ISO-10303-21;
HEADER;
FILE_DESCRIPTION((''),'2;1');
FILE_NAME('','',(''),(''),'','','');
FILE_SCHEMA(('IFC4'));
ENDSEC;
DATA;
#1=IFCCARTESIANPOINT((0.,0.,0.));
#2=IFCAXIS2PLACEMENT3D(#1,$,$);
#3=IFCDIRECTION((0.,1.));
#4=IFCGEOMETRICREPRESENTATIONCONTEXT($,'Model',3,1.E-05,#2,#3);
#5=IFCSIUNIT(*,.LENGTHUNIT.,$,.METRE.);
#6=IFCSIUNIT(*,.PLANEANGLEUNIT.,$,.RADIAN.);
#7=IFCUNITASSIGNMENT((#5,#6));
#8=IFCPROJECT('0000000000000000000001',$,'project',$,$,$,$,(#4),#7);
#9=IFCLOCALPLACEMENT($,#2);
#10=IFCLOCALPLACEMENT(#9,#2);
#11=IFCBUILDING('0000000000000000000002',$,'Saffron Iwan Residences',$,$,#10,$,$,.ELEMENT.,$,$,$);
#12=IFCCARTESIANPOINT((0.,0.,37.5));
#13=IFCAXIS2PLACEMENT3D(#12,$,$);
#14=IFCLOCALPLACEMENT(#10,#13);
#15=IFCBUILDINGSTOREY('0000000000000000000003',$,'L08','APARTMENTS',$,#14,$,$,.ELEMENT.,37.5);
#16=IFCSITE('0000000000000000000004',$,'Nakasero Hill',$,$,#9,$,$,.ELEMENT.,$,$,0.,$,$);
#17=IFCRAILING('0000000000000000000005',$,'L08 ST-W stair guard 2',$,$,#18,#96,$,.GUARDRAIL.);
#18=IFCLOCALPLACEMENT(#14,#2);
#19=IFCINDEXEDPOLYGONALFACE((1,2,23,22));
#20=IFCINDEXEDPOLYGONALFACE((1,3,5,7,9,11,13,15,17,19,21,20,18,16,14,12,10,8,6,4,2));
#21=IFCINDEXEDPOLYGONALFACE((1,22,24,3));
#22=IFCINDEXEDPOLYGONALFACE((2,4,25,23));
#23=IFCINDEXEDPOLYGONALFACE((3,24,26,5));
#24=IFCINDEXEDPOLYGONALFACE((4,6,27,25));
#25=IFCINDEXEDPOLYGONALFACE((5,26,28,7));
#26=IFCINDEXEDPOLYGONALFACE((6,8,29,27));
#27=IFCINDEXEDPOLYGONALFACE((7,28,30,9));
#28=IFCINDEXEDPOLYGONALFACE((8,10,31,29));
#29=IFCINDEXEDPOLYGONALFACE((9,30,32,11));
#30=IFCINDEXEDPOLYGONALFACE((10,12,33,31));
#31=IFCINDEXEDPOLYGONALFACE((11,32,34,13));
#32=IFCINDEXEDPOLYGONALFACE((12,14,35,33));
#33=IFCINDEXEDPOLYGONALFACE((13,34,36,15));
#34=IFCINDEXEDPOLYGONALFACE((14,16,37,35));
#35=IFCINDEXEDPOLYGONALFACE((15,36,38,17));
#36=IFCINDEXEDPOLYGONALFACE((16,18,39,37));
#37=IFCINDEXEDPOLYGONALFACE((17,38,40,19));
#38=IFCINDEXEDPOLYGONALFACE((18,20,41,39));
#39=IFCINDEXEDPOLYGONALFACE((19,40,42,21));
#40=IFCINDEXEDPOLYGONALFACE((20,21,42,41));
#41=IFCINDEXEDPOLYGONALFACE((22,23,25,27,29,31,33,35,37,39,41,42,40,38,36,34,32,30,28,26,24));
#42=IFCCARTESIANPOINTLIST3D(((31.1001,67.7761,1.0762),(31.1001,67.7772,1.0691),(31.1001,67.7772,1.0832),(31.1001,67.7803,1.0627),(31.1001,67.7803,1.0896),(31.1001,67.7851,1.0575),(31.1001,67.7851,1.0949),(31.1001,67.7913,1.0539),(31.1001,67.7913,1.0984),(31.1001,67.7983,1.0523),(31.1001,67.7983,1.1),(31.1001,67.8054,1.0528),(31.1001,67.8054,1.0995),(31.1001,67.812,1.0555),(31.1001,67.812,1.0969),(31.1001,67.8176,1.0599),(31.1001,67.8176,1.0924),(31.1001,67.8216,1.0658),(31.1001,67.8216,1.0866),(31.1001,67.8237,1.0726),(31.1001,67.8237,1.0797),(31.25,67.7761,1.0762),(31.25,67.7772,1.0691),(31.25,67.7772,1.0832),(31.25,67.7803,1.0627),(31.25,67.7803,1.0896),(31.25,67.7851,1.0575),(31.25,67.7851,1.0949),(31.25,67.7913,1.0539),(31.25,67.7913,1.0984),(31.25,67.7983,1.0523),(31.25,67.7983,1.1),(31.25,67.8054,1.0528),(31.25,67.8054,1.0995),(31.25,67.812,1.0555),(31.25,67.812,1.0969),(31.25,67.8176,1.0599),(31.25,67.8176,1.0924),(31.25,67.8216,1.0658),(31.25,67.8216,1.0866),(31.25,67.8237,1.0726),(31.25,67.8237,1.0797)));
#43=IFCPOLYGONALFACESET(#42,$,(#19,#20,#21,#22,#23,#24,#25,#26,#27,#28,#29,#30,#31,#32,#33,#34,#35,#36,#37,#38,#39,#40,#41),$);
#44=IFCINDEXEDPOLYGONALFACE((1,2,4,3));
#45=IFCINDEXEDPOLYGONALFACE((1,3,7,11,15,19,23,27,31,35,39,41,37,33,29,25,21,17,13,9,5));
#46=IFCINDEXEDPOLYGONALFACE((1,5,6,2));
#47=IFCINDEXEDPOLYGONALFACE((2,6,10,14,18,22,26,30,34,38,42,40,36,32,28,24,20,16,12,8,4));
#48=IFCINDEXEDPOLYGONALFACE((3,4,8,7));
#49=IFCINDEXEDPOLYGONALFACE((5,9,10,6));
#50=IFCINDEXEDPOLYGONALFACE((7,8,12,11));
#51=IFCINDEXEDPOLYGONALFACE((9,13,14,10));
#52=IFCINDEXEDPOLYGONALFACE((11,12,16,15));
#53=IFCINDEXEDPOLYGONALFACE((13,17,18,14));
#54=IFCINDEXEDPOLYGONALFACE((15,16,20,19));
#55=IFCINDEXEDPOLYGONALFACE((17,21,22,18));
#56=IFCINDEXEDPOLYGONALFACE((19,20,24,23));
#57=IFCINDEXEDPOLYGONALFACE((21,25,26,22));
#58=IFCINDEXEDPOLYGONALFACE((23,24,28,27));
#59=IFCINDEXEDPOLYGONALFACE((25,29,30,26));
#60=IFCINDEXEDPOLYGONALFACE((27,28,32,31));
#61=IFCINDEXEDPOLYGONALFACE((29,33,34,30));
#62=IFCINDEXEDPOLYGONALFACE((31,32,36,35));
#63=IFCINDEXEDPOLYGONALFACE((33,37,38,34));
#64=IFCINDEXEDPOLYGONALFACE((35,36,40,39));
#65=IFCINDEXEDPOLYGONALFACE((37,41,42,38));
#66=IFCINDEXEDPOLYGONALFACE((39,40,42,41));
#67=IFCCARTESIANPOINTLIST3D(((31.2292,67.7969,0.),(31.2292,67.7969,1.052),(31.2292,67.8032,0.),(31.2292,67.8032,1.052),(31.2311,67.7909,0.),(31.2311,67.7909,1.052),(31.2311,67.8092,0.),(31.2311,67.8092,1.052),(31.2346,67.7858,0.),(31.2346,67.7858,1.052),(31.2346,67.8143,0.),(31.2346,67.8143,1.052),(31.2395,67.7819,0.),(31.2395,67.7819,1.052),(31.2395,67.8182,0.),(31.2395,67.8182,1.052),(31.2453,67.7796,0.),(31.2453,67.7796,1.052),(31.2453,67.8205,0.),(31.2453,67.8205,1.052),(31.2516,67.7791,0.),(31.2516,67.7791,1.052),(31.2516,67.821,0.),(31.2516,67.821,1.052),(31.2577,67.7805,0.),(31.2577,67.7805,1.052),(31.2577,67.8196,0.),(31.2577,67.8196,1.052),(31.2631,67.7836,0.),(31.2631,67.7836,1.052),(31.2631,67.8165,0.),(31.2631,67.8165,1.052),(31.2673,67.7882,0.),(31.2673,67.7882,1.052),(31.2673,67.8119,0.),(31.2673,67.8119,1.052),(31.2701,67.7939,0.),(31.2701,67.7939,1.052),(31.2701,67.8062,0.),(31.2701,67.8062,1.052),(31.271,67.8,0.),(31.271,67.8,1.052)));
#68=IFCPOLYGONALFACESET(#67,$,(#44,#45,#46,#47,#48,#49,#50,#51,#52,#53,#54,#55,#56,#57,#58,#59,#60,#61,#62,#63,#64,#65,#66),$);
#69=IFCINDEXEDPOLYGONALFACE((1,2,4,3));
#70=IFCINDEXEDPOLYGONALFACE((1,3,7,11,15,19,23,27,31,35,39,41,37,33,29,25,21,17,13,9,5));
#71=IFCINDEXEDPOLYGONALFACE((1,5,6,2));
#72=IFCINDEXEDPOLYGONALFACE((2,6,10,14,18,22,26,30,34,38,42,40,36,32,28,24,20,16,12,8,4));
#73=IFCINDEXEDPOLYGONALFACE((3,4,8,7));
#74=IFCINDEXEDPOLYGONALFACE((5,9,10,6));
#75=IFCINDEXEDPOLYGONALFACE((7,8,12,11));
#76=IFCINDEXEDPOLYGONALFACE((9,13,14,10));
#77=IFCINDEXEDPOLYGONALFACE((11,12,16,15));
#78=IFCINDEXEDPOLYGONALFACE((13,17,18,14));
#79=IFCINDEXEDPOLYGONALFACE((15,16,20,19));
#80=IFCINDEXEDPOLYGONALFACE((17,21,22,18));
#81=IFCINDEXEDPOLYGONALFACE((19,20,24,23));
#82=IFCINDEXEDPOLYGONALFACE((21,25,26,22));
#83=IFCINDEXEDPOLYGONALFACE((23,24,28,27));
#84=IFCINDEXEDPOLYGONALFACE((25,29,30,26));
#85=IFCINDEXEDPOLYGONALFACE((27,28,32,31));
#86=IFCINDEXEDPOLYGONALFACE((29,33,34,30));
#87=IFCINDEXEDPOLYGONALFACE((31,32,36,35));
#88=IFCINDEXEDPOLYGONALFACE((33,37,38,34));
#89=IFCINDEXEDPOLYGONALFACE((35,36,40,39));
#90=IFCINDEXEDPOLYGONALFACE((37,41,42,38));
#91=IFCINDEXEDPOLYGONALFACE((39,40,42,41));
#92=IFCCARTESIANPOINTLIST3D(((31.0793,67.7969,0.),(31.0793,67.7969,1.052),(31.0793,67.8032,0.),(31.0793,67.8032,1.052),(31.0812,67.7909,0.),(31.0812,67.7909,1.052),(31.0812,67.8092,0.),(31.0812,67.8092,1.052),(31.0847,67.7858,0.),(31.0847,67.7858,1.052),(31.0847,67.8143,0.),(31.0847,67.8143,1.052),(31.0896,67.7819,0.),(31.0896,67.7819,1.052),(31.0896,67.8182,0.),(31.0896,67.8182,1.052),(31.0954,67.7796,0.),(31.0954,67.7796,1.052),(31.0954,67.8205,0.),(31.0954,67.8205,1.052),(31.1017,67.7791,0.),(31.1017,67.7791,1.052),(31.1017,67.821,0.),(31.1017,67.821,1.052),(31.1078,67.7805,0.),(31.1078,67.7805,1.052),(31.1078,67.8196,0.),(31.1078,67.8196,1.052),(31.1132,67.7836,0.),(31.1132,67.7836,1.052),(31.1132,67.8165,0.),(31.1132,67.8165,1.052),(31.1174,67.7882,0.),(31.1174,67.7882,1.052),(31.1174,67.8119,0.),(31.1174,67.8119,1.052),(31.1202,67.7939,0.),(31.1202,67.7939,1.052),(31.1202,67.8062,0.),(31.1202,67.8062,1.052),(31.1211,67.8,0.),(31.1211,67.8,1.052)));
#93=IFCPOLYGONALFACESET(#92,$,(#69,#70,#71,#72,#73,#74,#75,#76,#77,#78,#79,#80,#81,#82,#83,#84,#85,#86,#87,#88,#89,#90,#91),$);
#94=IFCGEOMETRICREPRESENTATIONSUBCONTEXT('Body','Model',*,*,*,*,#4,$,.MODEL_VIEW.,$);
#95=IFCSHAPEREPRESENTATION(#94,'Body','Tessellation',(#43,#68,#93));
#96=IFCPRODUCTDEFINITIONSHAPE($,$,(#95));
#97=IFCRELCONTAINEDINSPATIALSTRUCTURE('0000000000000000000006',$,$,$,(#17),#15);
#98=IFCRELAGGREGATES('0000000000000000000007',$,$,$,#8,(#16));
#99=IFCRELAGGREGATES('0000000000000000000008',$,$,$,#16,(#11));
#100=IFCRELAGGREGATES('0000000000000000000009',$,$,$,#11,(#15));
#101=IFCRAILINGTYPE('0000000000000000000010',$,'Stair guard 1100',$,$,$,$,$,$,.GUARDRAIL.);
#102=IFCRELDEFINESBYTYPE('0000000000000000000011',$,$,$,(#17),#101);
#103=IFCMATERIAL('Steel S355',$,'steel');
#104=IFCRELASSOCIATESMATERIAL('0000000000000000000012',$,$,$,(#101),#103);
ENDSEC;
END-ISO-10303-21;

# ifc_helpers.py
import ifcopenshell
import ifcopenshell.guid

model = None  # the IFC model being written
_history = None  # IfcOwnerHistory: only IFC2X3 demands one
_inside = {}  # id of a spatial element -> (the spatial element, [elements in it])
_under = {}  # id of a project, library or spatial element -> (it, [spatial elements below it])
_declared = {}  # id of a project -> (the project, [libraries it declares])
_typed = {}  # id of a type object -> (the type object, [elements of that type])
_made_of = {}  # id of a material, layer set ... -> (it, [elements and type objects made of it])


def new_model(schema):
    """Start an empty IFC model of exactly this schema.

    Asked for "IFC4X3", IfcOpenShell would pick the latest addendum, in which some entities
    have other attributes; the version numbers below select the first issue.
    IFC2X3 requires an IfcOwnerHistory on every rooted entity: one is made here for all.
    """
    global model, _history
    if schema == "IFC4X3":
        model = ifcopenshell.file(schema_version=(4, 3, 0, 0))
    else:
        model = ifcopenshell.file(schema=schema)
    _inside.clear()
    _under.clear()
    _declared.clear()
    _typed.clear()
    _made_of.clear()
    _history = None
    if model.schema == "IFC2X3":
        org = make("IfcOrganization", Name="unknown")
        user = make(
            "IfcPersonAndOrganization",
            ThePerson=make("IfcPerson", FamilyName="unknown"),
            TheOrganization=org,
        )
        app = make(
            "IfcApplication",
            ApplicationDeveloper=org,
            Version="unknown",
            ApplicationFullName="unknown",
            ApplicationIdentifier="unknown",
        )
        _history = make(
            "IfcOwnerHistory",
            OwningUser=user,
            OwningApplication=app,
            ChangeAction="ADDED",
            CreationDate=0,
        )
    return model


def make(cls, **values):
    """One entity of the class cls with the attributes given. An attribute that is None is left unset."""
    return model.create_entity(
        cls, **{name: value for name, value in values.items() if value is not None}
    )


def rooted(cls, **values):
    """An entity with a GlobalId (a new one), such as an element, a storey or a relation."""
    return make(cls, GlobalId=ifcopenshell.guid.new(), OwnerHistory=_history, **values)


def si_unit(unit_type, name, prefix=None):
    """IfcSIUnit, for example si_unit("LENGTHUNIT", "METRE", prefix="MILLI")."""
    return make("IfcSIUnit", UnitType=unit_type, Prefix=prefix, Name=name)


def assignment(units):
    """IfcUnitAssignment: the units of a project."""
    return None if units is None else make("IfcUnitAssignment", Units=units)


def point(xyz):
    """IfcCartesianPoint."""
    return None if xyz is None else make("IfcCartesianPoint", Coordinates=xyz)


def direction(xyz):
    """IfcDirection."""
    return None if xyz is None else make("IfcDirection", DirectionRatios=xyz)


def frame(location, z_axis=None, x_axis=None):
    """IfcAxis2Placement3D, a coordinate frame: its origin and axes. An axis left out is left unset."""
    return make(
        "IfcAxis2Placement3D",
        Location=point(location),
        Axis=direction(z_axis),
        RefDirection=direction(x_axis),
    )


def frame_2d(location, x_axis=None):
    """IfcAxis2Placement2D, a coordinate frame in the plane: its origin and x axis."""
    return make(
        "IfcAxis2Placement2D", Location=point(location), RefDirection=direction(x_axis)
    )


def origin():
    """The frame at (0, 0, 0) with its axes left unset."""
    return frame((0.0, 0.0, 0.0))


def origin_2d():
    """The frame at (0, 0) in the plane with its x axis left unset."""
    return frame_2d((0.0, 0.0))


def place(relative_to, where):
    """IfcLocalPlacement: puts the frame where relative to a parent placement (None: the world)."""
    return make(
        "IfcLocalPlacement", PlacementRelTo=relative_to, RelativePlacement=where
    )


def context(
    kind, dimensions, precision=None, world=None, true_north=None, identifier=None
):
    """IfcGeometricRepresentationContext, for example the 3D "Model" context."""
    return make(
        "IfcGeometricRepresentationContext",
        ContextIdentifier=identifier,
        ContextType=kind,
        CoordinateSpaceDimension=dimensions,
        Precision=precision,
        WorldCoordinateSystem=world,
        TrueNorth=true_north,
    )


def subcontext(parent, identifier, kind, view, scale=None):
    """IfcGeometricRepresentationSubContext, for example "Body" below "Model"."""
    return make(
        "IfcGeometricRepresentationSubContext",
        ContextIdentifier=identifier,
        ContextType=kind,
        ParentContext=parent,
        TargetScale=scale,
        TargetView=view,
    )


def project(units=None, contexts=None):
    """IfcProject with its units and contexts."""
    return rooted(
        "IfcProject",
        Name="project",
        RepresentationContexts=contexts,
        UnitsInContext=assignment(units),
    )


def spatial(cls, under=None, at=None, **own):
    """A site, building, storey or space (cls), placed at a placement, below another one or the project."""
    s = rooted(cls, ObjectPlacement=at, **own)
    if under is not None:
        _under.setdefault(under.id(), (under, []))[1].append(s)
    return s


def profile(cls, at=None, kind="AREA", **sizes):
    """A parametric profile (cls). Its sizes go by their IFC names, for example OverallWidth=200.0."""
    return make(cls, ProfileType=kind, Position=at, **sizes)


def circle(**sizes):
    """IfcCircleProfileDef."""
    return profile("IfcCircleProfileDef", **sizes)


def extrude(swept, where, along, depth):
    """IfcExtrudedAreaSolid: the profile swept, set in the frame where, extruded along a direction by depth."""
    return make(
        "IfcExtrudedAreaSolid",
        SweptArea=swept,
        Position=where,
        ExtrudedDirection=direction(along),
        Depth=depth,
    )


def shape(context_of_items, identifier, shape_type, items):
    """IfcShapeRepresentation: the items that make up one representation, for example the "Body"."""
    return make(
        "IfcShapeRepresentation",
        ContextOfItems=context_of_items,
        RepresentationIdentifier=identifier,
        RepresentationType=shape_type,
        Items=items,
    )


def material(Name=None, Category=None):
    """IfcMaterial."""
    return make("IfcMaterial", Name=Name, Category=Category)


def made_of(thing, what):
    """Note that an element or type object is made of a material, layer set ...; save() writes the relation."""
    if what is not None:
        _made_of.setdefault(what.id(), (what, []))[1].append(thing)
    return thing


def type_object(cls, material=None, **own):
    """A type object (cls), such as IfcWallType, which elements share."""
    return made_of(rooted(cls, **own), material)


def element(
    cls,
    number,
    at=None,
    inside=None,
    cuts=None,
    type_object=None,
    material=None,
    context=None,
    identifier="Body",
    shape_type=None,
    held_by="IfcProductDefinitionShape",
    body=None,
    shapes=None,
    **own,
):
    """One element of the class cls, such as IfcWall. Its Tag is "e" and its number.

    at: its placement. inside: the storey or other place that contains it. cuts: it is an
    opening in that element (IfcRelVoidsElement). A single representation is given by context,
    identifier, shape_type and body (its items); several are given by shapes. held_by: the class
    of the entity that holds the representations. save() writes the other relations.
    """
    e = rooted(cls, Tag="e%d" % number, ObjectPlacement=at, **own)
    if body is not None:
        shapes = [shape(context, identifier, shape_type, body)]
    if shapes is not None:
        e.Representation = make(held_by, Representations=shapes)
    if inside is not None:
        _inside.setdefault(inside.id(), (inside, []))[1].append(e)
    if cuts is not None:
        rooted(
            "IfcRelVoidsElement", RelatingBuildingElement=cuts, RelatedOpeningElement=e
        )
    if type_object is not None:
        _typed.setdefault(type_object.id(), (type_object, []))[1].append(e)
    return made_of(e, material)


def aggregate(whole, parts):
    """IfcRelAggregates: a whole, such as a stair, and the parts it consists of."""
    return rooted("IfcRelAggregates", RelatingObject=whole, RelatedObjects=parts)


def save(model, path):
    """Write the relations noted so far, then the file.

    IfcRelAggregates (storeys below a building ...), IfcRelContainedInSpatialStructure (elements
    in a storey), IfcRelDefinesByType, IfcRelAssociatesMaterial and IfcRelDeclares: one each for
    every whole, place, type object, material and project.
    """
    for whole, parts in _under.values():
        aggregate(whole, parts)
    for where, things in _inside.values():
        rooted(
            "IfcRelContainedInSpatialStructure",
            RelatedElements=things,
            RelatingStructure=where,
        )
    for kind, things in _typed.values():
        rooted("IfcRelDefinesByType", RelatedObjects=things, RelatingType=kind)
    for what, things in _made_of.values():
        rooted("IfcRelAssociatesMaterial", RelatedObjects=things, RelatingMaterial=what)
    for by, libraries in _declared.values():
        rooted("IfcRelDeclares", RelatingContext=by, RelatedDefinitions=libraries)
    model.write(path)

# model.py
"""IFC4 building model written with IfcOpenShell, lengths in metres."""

from ifc_helpers import new_model, si_unit, direction, frame, origin, origin_2d, place, context, subcontext, project, spatial, circle, extrude, material, type_object, element, save


model = new_model("IFC4")

# Units and contexts
model_context = context("Model", 3, precision=1e-05, world=origin(), true_north=direction((0.0, 1.0)))
body_context = subcontext(model_context, "Body", "Model", "MODEL_VIEW")
ifc_project = project(units=[si_unit("LENGTHUNIT", "METRE"), si_unit("PLANEANGLEUNIT", "RADIAN")], contexts=[model_context])

# Site, building, storey
site_placement = place(None, origin())
site = spatial("IfcSite", under=ifc_project, at=site_placement, Name="Nakasero Hill", CompositionType="ELEMENT", RefElevation=0.0)
building_placement = place(site_placement, origin())
building = spatial("IfcBuilding", under=site, at=building_placement, Name="Saffron Iwan Residences", CompositionType="ELEMENT")
storey_placement = place(building_placement, frame((0.0, 0.0, 37.5)))
storey = spatial("IfcBuildingStorey", under=building, at=storey_placement, Name="L08", Description="APARTMENTS", CompositionType="ELEMENT", Elevation=37.5)

# Railing
ifc_material_1 = material(Name="Steel S355", Category="steel")
railing_type_1 = type_object("IfcRailingType", Name="Stair guard 1100", PredefinedType="GUARDRAIL", material=ifc_material_1)
railing_1_placement = place(storey_placement, frame((31.25, 67.8, 0.0)))
element("IfcRailing", 1, at=railing_1_placement, inside=storey, type_object=railing_type_1, Name="L08 ST-W stair guard 2", PredefinedType="GUARDRAIL", context=body_context, shape_type="SweptSolid", body=[
    extrude(circle(Radius=0.0239, at=origin_2d()), frame((0.0, 0.0, 1.0762), z_axis=(-1.0, 0.0, 0.0), x_axis=(0.0, -1.0, 0.0)), (0.0, 0.0, 1.0), 0.1499),
    extrude(circle(Radius=0.021, at=origin_2d()), origin(), (0.0, 0.0, 1.0), 1.052),
    extrude(circle(Radius=0.021, at=origin_2d()), frame((-0.1499, 0.0, 0.0)), (0.0, 0.0, 1.0), 1.052),
])

save(model, "model.ifc")
